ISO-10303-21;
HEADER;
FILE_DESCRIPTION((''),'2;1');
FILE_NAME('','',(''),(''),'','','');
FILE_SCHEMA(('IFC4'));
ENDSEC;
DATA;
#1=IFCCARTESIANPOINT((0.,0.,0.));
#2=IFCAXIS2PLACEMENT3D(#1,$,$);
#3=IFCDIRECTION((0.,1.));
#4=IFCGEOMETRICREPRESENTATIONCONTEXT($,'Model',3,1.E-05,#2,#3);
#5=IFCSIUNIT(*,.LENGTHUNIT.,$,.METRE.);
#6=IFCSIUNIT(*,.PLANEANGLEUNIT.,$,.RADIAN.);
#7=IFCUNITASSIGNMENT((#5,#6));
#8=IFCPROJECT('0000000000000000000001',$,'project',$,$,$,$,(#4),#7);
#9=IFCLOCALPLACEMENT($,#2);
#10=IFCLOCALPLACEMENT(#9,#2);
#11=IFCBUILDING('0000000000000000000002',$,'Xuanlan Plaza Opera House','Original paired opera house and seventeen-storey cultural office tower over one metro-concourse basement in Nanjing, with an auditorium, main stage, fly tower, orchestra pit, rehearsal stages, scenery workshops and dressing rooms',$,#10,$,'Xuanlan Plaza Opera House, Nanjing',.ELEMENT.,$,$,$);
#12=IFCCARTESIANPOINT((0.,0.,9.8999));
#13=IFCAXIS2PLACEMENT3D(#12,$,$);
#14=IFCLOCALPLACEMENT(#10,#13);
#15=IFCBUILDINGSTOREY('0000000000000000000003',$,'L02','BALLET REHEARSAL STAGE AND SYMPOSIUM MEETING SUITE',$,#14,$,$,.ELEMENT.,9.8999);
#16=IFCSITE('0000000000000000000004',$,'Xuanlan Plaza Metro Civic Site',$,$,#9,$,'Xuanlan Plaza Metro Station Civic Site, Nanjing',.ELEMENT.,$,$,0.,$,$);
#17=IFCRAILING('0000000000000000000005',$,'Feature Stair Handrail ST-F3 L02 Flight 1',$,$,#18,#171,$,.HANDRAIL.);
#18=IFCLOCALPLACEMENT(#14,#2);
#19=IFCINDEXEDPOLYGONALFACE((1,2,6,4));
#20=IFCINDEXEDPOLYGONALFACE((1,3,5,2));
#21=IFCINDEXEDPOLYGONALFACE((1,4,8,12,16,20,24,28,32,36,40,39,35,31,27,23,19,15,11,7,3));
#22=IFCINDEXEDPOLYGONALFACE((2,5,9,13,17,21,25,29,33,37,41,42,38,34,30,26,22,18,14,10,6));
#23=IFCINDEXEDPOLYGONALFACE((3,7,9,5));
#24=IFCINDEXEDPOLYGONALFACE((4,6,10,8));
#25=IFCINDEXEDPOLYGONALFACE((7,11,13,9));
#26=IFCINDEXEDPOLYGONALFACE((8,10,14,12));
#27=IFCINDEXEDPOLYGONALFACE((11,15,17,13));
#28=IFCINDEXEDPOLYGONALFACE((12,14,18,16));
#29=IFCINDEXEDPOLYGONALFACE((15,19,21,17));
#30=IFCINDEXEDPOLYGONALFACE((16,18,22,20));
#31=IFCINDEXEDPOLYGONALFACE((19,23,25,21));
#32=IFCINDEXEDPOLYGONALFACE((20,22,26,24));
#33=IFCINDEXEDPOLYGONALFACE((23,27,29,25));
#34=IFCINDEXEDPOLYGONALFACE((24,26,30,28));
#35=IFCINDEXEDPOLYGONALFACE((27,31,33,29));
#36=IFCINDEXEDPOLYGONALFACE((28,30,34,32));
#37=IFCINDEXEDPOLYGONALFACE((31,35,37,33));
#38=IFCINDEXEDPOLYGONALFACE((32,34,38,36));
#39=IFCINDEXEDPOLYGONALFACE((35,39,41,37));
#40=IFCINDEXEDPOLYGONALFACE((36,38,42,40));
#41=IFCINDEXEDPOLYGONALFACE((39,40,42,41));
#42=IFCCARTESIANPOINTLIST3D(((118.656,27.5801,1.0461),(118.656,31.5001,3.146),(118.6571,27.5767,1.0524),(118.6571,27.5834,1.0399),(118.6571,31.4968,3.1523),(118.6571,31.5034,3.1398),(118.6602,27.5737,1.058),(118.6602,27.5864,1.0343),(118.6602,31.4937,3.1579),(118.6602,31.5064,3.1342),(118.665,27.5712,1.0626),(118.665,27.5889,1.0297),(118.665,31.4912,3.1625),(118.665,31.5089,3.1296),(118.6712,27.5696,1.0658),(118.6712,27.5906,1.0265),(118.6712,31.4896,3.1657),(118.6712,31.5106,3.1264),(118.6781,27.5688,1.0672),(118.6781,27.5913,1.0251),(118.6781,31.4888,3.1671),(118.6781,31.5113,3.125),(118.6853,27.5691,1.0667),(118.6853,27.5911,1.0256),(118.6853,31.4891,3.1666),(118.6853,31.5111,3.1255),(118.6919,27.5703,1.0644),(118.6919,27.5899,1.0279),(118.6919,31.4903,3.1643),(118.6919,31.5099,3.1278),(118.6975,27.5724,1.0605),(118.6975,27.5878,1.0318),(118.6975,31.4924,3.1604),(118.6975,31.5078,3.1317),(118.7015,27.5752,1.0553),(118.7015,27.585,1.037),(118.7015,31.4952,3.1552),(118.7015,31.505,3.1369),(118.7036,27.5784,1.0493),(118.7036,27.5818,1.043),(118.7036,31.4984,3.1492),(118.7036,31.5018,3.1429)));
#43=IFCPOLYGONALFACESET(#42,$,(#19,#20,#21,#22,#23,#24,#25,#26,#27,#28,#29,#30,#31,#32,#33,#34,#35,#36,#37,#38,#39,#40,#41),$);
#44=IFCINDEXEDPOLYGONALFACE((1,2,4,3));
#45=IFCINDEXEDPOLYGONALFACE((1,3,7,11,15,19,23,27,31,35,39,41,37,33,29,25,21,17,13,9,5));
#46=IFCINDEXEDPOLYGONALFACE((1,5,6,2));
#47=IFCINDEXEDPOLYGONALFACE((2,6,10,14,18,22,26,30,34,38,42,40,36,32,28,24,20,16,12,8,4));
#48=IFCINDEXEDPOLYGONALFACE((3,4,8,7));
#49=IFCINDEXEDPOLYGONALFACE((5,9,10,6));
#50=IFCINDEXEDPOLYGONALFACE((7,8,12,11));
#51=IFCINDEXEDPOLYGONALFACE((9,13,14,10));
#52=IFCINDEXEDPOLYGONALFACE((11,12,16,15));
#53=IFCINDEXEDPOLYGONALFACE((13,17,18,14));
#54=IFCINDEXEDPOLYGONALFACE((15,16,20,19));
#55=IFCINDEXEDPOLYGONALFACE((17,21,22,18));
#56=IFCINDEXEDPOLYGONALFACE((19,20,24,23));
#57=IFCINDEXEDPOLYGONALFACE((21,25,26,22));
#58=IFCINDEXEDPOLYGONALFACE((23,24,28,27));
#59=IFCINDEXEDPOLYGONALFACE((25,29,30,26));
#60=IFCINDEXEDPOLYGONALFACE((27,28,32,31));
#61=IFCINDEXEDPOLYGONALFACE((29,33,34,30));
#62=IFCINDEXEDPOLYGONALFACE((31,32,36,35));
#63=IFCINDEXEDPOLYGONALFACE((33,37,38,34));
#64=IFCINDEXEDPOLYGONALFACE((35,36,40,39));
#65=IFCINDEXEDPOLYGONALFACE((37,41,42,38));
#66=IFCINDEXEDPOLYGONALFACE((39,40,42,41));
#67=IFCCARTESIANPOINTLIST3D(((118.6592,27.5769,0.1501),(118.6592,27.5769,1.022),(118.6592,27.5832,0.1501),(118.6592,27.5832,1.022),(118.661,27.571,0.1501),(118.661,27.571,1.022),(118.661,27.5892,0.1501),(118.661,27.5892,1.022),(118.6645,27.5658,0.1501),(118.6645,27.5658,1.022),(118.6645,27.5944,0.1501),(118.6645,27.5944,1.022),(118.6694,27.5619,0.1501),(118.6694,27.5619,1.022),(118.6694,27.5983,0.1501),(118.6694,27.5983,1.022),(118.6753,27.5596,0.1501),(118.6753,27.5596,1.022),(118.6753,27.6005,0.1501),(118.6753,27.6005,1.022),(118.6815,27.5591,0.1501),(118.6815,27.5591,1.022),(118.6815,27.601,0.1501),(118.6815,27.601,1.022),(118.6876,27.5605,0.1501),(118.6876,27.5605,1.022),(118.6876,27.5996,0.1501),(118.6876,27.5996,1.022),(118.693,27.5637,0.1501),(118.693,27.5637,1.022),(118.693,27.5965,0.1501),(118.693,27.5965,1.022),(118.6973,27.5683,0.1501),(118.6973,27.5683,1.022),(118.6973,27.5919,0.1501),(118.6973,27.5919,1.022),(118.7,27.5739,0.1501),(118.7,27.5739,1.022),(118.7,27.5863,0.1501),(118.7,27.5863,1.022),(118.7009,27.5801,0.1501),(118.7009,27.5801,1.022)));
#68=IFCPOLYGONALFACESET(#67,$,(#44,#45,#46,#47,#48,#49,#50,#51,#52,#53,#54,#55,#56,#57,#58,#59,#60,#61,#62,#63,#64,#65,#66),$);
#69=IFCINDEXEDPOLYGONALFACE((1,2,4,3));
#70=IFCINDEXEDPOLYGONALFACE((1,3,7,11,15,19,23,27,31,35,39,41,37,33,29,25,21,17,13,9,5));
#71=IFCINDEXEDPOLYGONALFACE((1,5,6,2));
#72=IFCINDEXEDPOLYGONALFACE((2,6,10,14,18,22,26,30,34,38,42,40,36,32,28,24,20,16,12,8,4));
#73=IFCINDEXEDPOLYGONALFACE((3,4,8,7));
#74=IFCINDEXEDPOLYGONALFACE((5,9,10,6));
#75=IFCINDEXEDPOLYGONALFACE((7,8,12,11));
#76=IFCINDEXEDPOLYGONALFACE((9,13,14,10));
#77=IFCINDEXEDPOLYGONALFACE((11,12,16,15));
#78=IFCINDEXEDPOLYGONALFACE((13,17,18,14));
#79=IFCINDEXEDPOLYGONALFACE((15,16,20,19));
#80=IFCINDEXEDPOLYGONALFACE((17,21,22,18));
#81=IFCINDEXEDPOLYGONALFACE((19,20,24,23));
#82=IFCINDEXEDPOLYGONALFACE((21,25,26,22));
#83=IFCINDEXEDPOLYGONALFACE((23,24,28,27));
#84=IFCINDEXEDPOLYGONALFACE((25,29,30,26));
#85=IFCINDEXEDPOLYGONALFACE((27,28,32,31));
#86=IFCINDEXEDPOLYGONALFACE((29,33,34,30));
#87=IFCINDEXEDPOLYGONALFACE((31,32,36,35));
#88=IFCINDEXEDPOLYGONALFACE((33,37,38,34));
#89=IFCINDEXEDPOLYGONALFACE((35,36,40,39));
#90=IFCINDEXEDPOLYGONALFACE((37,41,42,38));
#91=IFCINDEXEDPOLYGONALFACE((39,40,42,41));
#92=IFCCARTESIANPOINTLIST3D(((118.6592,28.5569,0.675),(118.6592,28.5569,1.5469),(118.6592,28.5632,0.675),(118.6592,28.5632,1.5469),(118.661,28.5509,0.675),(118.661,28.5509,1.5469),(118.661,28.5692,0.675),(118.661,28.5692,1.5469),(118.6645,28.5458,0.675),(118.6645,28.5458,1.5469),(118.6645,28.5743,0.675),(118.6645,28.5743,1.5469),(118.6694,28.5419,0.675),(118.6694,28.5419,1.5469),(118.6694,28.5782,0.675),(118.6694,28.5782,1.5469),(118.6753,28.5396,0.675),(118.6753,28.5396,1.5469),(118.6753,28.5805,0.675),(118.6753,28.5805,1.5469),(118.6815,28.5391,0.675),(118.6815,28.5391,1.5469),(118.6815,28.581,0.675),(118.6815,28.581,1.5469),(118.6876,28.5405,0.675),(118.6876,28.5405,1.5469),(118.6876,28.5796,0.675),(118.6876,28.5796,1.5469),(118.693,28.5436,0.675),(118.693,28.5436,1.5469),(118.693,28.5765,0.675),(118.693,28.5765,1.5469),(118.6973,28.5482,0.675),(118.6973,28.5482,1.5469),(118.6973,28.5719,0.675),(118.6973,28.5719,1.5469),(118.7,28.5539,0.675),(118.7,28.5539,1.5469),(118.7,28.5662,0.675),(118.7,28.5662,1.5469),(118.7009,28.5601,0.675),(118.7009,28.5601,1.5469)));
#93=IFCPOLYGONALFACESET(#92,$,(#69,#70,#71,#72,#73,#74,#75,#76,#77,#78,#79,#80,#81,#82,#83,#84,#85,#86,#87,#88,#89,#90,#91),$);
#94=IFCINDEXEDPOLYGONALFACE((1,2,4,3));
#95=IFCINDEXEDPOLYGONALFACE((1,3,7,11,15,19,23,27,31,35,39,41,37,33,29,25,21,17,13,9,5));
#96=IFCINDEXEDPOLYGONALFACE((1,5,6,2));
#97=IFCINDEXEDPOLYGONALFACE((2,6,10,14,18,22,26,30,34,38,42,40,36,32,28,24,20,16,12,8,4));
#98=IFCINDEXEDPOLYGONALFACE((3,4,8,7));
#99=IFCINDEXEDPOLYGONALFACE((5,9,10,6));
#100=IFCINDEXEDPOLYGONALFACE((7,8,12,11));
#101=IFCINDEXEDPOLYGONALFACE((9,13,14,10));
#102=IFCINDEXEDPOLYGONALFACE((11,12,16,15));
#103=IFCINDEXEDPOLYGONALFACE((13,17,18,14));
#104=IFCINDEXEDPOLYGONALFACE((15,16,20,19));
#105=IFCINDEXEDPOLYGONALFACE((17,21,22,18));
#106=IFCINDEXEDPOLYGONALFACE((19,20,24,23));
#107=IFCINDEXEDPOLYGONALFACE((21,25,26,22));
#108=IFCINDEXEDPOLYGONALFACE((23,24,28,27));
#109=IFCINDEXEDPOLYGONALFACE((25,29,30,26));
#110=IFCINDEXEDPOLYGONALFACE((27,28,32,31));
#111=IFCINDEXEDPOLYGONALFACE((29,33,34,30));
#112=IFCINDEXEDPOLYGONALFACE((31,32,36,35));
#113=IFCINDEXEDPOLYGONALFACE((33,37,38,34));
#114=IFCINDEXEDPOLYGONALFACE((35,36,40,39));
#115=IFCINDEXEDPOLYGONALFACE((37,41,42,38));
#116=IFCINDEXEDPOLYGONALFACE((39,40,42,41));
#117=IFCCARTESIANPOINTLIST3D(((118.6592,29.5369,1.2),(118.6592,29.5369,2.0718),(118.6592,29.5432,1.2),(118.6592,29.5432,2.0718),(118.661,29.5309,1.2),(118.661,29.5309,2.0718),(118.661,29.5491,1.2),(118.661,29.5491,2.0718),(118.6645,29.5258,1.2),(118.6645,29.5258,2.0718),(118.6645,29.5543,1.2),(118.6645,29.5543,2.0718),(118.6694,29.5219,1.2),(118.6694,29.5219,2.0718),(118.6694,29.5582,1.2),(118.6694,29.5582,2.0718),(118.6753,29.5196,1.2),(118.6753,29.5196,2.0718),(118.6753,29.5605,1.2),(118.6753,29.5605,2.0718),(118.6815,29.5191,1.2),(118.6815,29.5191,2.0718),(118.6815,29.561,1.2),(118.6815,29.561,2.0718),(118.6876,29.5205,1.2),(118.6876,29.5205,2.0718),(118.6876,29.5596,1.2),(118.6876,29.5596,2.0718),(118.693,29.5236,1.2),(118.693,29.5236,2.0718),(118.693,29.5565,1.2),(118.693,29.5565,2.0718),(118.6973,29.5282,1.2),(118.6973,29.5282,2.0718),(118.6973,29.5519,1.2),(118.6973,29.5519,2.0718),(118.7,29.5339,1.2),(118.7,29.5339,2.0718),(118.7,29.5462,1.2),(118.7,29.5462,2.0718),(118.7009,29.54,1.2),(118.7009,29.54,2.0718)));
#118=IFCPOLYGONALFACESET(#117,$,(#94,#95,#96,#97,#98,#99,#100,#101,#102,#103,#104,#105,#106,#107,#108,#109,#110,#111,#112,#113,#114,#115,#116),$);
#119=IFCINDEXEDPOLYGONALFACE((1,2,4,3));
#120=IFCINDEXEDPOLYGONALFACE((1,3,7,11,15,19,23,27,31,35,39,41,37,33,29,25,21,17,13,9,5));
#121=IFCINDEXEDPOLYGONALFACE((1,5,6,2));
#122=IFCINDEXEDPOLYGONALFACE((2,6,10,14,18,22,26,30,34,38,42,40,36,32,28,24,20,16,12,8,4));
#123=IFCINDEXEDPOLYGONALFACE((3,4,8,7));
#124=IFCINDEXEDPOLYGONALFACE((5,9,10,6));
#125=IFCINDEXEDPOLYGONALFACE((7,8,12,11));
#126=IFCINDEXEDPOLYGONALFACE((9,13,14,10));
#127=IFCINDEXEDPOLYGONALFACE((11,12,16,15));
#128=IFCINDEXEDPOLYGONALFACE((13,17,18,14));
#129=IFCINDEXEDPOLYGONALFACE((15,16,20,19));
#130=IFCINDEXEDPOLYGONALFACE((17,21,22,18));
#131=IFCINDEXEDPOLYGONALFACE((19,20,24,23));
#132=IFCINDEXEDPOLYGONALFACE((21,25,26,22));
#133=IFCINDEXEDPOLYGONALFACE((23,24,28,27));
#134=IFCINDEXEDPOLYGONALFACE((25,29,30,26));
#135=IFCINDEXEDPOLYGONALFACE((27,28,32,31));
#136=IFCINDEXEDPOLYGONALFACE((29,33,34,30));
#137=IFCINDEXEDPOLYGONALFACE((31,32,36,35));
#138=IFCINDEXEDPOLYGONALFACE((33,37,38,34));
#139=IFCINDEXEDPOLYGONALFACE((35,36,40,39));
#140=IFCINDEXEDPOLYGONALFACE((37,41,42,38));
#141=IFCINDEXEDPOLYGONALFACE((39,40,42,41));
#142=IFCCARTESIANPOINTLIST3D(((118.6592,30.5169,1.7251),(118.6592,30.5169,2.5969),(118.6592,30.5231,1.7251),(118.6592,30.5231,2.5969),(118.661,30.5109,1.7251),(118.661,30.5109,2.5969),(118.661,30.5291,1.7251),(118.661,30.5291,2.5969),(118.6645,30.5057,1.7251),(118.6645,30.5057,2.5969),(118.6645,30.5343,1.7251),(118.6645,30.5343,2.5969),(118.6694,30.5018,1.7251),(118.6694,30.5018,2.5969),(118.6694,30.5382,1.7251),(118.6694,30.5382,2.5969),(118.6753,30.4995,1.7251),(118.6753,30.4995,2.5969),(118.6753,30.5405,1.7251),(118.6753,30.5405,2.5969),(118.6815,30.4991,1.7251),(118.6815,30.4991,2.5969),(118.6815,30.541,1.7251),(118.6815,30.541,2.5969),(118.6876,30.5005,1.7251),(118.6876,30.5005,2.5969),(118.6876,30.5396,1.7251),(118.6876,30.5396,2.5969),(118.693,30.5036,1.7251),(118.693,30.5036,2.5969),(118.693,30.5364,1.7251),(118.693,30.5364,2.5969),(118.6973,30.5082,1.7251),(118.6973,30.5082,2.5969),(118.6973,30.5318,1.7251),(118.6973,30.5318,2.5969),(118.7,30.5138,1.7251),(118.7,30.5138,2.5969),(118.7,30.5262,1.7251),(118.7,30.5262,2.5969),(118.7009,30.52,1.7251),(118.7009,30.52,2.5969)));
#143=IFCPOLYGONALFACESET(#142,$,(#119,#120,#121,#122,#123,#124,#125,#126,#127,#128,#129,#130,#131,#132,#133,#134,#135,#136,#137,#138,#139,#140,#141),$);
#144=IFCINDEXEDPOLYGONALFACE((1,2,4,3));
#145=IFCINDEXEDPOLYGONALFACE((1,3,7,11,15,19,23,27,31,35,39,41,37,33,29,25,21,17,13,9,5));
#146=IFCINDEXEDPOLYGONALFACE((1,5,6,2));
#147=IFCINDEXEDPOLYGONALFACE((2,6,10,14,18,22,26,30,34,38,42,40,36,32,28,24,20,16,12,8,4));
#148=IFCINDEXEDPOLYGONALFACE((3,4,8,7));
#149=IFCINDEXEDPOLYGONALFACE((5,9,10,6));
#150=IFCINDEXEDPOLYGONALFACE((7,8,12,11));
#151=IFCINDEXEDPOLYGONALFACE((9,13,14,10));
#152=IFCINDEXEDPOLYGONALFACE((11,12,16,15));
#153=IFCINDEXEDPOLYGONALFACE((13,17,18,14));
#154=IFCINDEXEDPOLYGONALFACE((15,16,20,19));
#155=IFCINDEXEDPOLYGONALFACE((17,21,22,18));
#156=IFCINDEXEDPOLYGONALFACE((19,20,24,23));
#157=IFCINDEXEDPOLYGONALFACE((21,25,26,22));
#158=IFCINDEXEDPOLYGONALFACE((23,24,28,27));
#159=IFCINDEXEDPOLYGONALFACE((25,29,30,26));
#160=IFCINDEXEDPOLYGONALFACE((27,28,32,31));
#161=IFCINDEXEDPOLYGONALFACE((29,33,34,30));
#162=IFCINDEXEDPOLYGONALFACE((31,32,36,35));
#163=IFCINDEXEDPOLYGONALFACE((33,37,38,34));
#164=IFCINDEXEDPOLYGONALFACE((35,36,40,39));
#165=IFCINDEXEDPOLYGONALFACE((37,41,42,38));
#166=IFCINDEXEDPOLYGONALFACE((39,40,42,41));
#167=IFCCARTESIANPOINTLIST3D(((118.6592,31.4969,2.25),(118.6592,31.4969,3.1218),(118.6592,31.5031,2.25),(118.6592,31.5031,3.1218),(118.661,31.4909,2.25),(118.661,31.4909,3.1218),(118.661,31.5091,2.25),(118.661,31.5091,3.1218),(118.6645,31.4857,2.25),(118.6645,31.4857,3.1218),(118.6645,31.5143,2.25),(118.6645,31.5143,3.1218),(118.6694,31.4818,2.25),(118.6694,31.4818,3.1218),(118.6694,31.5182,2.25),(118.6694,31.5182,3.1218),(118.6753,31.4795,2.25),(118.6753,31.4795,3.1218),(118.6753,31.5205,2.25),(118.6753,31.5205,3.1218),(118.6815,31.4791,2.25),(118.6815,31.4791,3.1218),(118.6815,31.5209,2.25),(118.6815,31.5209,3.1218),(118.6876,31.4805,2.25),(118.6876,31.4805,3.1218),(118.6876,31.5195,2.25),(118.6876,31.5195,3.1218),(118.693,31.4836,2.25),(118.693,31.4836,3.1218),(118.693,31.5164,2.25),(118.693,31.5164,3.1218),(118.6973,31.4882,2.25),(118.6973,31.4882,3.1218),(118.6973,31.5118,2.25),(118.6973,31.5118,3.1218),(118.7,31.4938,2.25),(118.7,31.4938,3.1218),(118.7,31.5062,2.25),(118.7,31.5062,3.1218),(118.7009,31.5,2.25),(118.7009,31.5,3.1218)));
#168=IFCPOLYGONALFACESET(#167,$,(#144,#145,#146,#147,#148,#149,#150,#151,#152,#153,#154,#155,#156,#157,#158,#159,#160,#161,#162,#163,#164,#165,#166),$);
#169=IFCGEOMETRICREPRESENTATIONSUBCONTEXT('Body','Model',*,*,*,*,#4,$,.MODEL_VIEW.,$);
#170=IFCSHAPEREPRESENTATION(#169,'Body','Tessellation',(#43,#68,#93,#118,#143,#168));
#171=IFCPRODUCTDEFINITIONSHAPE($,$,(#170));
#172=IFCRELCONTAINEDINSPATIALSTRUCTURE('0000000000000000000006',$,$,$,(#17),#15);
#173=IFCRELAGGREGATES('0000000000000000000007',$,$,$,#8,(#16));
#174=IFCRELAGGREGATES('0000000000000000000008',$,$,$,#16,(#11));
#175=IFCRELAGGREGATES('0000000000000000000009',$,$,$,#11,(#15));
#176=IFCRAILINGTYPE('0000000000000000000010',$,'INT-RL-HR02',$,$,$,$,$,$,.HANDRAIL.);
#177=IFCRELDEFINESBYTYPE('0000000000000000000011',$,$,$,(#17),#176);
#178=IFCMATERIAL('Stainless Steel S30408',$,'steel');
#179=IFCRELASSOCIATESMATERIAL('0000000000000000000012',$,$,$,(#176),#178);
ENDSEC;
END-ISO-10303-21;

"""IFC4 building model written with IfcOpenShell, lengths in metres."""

from ifc_helpers import new_model, si_unit, direction, frame, origin, origin_2d, place, context, subcontext, project, spatial, circle, extrude, material, type_object, element, save


model = new_model("IFC4")

# Units and contexts
model_context = context("Model", 3, precision=1e-05, world=origin(), true_north=direction((0.0, 1.0)))
body_context = subcontext(model_context, "Body", "Model", "MODEL_VIEW")
ifc_project = project(units=[si_unit("LENGTHUNIT", "METRE"), si_unit("PLANEANGLEUNIT", "RADIAN")], contexts=[model_context])

# Site, building, storey
site_placement = place(None, origin())
site = spatial("IfcSite", under=ifc_project, at=site_placement, Name="Xuanlan Plaza Metro Civic Site", LongName="Xuanlan Plaza Metro Station Civic Site, Nanjing", CompositionType="ELEMENT", RefElevation=0.0)
building_placement = place(site_placement, origin())
building = spatial("IfcBuilding", under=site, at=building_placement, Name="Xuanlan Plaza Opera House", Description="Original paired opera house and seventeen-storey cultural office tower over one metro-concourse basement in Nanjing, with an auditorium, main stage, fly tower, orchestra pit, rehearsal stages, scenery workshops and dressing rooms", LongName="Xuanlan Plaza Opera House, Nanjing", CompositionType="ELEMENT")
storey_placement = place(building_placement, frame((0.0, 0.0, 9.8999)))
storey = spatial("IfcBuildingStorey", under=building, at=storey_placement, Name="L02", Description="BALLET REHEARSAL STAGE AND SYMPOSIUM MEETING SUITE", CompositionType="ELEMENT", Elevation=9.8999)

# Railing
ifc_material_1 = material(Name="Stainless Steel S30408", Category="steel")
railing_type = type_object("IfcRailingType", Name="INT-RL-HR02", PredefinedType="HANDRAIL", material=ifc_material_1)
railing_placement = place(storey_placement, frame((118.6799, 27.5801, 0.1501)))
element("IfcRailing", 1, at=railing_placement, inside=storey, type_object=railing_type, Name="Feature Stair Handrail ST-F3 L02 Flight 1", PredefinedType="HANDRAIL", context=body_context, shape_type="SweptSolid", body=[
    extrude(circle(Radius=0.0239, at=origin_2d()), frame((0.0, 0.0, 0.896), z_axis=(0.0, 0.88149, 0.472203), x_axis=(-1.0, 0.0, 0.0)), (0.0, 0.0, 1.0), 4.447),
    extrude(circle(Radius=0.021, at=origin_2d()), origin(), (0.0, 0.0, 1.0), 0.8718),
    extrude(circle(Radius=0.021, at=origin_2d()), frame((0.0, 0.98, 0.5249)), (0.0, 0.0, 1.0), 0.8718),
    extrude(circle(Radius=0.021, at=origin_2d()), frame((0.0, 1.96, 1.0498)), (0.0, 0.0, 1.0), 0.8718),
    extrude(circle(Radius=0.021, at=origin_2d()), frame((0.0, 2.9399, 1.575)), (0.0, 0.0, 1.0), 0.8718),
    extrude(circle(Radius=0.021, at=origin_2d()), frame((0.0, 3.9199, 2.0999)), (0.0, 0.0, 1.0), 0.8718),
])

save(model, "model.ifc")
